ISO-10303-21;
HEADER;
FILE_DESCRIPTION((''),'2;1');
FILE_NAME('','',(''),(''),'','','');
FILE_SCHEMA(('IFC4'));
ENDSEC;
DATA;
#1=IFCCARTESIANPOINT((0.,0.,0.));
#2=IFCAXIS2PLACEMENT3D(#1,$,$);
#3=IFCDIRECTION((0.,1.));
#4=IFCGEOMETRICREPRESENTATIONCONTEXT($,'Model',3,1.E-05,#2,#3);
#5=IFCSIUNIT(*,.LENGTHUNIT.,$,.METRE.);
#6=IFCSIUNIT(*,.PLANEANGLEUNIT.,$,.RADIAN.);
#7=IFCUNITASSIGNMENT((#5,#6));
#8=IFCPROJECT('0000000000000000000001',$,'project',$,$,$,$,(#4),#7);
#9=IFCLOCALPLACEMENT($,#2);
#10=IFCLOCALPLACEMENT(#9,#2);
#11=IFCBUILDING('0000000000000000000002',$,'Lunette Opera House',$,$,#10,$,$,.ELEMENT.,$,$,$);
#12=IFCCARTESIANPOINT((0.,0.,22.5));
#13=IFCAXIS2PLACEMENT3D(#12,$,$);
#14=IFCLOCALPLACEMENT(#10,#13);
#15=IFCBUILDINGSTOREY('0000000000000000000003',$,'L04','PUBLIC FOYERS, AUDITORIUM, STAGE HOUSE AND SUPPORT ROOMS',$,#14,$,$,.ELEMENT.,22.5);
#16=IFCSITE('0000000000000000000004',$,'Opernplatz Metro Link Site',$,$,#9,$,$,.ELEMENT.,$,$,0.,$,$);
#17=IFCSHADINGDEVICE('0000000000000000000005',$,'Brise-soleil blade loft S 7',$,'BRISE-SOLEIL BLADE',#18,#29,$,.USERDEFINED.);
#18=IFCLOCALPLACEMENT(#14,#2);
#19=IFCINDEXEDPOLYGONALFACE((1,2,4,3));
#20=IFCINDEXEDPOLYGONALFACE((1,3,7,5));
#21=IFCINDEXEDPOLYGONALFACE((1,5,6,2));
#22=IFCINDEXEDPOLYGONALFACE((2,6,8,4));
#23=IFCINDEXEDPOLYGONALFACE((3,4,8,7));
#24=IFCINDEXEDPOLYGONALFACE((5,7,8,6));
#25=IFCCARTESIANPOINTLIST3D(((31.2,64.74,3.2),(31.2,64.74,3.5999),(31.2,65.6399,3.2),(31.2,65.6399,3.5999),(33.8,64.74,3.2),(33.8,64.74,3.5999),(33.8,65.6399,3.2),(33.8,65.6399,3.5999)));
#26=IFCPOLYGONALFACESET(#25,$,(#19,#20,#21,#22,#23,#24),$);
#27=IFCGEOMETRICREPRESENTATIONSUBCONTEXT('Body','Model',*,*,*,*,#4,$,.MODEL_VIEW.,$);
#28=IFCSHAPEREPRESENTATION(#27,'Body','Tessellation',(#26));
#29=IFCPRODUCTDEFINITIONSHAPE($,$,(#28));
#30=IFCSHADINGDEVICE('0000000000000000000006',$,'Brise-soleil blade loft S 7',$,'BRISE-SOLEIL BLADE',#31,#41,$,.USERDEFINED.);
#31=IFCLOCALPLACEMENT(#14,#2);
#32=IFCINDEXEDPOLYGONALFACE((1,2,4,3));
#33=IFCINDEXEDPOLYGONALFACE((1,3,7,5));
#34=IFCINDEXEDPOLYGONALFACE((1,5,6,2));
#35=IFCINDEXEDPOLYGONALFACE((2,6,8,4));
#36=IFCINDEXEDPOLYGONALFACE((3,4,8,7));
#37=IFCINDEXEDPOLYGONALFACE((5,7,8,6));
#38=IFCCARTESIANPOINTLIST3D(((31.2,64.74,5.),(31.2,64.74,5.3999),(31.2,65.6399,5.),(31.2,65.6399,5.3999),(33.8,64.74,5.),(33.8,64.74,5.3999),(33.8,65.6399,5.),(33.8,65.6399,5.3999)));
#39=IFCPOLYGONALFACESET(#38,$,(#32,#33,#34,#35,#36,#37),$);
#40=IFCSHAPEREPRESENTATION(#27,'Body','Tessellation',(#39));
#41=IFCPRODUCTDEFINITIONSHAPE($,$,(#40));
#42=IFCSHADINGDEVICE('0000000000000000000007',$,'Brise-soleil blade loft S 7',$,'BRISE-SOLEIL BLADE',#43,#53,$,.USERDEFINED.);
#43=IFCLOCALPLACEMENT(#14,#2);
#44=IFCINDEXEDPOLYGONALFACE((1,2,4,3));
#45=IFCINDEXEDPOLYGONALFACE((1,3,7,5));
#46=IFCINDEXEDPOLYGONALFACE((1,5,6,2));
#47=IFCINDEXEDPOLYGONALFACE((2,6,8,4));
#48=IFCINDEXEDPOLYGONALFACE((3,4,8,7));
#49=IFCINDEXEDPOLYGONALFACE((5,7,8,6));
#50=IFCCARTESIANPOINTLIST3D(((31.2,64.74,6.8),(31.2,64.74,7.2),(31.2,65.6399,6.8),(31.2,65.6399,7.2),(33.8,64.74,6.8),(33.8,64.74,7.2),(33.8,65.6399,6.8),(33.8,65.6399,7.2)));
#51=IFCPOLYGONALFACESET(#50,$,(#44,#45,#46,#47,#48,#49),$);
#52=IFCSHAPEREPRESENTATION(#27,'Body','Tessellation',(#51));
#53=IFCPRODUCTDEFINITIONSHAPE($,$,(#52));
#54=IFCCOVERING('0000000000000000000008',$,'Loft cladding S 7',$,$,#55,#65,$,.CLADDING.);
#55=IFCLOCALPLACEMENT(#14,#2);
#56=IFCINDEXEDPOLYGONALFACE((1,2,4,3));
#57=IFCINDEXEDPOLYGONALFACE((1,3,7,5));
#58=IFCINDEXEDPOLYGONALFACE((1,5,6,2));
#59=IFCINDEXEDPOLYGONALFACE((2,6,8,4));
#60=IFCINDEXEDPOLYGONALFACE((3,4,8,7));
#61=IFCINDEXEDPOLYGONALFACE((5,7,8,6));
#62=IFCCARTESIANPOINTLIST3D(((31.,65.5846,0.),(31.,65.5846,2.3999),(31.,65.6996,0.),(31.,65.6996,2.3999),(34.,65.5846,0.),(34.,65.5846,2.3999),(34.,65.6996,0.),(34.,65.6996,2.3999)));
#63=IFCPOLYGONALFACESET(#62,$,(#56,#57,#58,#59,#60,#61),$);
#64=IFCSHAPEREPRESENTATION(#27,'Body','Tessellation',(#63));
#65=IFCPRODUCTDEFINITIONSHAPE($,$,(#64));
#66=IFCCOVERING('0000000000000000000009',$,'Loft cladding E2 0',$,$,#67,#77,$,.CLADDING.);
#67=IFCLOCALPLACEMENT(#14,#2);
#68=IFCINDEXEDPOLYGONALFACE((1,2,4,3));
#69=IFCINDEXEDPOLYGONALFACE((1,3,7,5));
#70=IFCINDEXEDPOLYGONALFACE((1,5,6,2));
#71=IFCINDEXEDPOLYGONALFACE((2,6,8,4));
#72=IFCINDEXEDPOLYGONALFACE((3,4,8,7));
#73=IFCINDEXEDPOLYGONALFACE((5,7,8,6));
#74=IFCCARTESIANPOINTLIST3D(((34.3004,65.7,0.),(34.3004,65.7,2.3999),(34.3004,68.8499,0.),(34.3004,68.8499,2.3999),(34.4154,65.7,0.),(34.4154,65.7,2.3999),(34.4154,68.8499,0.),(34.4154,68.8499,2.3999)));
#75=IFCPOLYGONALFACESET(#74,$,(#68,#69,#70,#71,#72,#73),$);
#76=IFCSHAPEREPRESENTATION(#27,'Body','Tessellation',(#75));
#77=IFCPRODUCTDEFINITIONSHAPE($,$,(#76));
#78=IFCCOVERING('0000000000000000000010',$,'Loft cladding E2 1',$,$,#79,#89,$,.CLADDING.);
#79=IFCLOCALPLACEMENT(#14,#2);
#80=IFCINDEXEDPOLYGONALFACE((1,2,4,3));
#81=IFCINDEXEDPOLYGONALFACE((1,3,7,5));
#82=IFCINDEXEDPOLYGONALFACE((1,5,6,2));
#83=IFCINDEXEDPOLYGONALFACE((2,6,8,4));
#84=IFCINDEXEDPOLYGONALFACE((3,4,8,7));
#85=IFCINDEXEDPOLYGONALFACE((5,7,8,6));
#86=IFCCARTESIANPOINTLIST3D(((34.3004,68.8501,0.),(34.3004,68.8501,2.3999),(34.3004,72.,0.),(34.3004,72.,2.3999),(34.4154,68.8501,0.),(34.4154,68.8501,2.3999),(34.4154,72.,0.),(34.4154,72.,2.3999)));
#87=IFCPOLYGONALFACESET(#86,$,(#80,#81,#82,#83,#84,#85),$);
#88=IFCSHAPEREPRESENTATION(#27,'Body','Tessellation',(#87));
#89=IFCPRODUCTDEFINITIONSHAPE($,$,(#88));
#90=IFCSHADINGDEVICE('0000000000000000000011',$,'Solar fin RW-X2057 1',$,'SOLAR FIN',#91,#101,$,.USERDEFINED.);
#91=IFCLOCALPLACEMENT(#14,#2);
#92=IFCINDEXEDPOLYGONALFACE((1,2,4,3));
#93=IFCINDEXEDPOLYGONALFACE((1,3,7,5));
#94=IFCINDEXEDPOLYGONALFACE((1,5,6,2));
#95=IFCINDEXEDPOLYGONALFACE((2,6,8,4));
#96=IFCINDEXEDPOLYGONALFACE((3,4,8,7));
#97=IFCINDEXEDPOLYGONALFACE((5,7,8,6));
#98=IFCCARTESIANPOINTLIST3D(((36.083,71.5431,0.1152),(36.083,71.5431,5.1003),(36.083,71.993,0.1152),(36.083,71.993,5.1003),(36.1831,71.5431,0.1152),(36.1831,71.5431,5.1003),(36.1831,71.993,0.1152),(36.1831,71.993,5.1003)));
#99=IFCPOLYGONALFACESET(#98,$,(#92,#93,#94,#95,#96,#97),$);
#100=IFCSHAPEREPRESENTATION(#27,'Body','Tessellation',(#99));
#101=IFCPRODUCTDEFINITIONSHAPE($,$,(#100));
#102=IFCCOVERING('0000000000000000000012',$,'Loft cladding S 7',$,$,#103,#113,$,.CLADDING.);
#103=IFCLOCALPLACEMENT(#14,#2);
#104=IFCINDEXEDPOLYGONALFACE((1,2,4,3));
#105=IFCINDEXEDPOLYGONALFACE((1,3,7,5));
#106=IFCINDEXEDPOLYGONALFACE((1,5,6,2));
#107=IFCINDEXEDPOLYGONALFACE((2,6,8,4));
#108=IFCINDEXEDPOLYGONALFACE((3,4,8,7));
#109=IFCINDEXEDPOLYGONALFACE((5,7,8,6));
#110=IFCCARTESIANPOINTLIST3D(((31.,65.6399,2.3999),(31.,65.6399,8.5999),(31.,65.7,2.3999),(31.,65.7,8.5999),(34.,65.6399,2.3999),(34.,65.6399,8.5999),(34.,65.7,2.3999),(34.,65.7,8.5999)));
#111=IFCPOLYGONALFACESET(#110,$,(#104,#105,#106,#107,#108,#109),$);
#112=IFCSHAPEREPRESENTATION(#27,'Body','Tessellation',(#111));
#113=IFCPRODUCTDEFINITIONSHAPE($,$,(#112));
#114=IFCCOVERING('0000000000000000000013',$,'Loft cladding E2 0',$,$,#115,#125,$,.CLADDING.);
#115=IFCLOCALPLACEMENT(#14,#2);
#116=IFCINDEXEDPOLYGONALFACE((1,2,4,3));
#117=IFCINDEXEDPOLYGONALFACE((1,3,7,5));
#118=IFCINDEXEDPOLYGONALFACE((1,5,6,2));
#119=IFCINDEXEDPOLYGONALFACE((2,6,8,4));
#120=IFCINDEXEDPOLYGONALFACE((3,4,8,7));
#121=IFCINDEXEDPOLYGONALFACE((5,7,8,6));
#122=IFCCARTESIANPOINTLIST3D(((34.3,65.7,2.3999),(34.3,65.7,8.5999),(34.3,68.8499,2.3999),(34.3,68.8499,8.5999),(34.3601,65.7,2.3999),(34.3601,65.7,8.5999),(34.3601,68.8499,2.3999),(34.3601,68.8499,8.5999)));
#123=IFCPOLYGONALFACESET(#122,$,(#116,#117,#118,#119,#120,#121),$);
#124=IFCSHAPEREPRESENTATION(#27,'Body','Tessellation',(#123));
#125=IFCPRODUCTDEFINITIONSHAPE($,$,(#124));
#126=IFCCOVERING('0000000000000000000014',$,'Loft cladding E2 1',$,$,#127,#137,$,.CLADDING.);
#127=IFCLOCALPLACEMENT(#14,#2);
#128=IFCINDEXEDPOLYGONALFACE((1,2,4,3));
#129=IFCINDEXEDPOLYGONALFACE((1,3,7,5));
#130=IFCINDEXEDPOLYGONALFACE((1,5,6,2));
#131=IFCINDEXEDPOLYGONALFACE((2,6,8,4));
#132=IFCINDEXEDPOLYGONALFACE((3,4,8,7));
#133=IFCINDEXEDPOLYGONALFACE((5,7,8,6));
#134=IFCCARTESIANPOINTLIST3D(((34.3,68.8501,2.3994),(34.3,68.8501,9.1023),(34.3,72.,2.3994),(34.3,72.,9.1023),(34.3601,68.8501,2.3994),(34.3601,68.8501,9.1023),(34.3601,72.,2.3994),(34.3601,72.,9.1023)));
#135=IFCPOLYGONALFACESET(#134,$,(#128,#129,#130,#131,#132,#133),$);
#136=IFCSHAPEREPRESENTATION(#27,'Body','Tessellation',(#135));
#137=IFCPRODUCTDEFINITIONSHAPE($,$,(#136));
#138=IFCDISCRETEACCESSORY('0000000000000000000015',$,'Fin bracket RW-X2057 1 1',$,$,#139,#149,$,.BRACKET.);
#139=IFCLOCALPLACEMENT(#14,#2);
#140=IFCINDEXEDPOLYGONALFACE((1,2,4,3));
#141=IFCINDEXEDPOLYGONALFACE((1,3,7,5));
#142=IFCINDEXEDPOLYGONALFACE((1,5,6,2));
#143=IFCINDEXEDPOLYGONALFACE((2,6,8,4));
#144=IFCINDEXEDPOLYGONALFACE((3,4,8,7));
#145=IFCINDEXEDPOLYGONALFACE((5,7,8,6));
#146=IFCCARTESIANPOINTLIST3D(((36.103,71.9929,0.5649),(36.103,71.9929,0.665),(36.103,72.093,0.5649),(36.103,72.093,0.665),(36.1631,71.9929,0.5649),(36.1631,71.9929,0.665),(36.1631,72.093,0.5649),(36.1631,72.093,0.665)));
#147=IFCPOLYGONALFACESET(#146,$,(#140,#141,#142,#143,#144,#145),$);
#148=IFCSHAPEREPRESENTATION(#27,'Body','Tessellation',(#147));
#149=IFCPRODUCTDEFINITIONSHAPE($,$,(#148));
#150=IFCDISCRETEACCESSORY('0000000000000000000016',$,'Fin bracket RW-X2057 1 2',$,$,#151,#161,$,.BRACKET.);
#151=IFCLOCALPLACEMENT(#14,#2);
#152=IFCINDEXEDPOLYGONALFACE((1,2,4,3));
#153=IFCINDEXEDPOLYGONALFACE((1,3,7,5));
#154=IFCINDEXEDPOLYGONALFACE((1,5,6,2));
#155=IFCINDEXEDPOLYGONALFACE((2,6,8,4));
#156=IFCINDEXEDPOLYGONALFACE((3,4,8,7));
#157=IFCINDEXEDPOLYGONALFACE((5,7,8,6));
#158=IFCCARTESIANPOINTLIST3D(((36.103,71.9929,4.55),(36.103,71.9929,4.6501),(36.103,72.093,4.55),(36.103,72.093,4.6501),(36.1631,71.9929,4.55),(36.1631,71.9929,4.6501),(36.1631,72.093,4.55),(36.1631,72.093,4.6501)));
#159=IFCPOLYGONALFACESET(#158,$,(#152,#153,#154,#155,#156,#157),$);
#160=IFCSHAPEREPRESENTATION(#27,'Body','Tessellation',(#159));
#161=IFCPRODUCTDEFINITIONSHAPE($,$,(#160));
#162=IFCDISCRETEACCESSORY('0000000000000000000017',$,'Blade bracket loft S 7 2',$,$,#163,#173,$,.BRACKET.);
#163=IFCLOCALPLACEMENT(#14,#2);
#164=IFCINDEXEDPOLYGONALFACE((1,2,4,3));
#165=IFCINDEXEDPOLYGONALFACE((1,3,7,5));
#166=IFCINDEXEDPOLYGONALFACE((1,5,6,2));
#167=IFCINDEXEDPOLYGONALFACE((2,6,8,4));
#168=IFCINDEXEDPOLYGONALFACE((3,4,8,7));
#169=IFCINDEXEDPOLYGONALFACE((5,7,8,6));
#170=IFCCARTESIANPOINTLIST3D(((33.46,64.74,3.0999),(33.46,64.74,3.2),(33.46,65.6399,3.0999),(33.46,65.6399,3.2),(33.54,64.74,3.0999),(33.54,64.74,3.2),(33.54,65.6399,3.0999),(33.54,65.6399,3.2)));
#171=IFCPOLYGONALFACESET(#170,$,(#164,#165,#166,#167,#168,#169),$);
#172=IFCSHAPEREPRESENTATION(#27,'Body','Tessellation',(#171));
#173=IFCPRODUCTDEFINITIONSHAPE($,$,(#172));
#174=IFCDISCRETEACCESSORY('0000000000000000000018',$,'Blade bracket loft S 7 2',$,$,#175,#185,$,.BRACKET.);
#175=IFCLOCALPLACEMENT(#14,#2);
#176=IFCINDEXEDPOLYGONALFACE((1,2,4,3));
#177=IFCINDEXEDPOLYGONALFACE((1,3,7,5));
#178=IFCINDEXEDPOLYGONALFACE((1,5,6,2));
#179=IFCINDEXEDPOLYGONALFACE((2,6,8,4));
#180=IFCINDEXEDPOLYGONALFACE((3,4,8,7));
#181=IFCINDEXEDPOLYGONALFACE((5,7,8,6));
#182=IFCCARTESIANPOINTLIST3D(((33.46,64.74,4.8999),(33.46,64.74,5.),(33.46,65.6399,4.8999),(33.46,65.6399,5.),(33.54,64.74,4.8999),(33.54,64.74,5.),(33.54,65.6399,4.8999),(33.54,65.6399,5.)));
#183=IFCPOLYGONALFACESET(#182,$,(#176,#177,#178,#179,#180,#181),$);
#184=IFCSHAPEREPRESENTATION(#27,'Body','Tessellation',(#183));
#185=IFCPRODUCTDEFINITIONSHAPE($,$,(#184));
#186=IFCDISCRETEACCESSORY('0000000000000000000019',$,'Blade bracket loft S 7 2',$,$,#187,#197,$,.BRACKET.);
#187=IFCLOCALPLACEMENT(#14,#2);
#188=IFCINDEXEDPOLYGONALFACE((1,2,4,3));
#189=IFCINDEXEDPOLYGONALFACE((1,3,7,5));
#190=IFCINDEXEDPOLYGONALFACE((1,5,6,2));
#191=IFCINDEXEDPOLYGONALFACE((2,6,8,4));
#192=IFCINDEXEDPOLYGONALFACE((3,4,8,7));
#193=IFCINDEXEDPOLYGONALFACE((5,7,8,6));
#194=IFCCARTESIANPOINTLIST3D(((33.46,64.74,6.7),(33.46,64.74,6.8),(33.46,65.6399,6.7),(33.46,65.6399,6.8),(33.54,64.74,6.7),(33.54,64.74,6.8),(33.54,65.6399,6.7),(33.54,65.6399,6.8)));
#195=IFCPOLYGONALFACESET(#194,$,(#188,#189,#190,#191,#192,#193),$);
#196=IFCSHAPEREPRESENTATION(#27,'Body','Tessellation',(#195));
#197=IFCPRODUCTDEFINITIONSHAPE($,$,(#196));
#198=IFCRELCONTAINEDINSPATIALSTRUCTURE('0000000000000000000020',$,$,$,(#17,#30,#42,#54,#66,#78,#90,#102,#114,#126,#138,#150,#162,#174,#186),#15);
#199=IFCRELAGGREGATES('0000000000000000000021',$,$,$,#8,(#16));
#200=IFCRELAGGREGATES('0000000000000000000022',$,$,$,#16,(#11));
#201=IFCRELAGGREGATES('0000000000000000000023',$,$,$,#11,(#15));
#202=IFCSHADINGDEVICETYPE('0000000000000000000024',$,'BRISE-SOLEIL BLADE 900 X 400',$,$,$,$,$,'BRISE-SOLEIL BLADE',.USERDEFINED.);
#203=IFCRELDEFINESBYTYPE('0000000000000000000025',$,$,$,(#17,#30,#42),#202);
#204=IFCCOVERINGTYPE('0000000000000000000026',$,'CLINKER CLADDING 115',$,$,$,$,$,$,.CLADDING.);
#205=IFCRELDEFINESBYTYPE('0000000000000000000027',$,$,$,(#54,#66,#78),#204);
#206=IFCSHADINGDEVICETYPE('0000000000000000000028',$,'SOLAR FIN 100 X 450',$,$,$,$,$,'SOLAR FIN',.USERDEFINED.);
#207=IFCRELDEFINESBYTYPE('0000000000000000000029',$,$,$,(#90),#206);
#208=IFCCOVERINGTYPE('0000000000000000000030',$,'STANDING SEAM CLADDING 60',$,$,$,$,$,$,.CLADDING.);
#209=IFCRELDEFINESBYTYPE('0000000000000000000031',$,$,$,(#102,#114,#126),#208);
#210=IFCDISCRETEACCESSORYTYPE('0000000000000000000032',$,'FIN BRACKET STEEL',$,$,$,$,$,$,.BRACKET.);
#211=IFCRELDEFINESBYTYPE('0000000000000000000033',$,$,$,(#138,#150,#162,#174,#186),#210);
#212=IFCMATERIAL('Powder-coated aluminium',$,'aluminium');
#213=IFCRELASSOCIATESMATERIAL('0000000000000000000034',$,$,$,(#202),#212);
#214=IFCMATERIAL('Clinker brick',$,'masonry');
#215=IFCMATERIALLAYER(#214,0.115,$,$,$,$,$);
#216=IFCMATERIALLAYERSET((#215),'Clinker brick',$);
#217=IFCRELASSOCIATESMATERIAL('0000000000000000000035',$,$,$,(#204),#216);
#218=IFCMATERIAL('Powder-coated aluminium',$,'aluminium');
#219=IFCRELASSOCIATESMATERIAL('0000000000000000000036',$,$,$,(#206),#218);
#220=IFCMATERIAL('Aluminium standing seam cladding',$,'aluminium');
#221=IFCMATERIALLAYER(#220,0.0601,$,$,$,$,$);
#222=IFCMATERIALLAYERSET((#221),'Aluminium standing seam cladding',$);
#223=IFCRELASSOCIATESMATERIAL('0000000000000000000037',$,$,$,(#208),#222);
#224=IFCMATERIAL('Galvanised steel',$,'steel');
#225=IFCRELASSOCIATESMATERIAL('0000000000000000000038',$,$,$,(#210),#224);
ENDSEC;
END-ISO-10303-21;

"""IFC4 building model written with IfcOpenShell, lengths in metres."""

from ifc_helpers import new_model, si_unit, direction, frame, origin, origin_2d, place, context, subcontext, project, spatial, rectangle, extrude, material, layer, layer_set, type_object, element, save


model = new_model("IFC4")

# Units and contexts
model_context = context("Model", 3, precision=1e-05, world=origin(), true_north=direction((0.0, 1.0)))
body_context = subcontext(model_context, "Body", "Model", "MODEL_VIEW")
ifc_project = project(units=[si_unit("LENGTHUNIT", "METRE"), si_unit("PLANEANGLEUNIT", "RADIAN")], contexts=[model_context])

# Site, building, storey
site_placement = place(None, origin())
site = spatial("IfcSite", under=ifc_project, at=site_placement, Name="Opernplatz Metro Link Site", CompositionType="ELEMENT", RefElevation=0.0)
building_placement = place(site_placement, origin())
building = spatial("IfcBuilding", under=site, at=building_placement, Name="Lunette Opera House", CompositionType="ELEMENT")
storey_placement = place(building_placement, frame((0.0, 0.0, 22.5)))
storey = spatial("IfcBuildingStorey", under=building, at=storey_placement, Name="L04", Description="PUBLIC FOYERS, AUDITORIUM, STAGE HOUSE AND SUPPORT ROOMS", CompositionType="ELEMENT", Elevation=22.5)

# Shading devices
ifc_material_1 = material(Name="Powder-coated aluminium", Category="aluminium")
shading_device_type_1 = type_object("IfcShadingDeviceType", Name="BRISE-SOLEIL BLADE 900 X 400", ElementType="BRISE-SOLEIL BLADE", PredefinedType="USERDEFINED", material=ifc_material_1)
for number, where, z_axis, x_axis, name in (
    (1, (32.5, 65.1899, 3.2), (0.0, 0.0, 1.0), (0.0, -1.0, 0.0), "Brise-soleil blade loft S 7"),
    (2, (32.5, 65.1899, 5.0), (0.0, 0.0, 1.0), (0.0, -1.0, 0.0), "Brise-soleil blade loft S 7"),
    (3, (32.5, 65.1899, 6.8), (0.0, 0.0, 1.0), (0.0, -1.0, 0.0), "Brise-soleil blade loft S 7"),
):
    element("IfcShadingDevice", number, at=place(storey_placement, frame(where, z_axis=z_axis, x_axis=x_axis)), inside=storey, type_object=shading_device_type_1, Name=name, ObjectType="BRISE-SOLEIL BLADE", PredefinedType="USERDEFINED", context=body_context, shape_type="SweptSolid", body=[
        extrude(rectangle(XDim=0.8999, YDim=2.6001, at=origin_2d()), origin(), (0.0, 0.0, 1.0), 0.3999),
    ])

# Coverings
ifc_material_2 = material(Name="Clinker brick", Category="masonry")
ifc_layer_1 = layer(ifc_material_2, 0.115)
ifc_layer_set_1 = layer_set([ifc_layer_1], Name="Clinker brick")
covering_type_1 = type_object("IfcCoveringType", Name="CLINKER CLADDING 115", PredefinedType="CLADDING", material=ifc_layer_set_1)
covering_1_placement = place(storey_placement, frame((32.5, 65.6421, 0.0), z_axis=(0.0, 0.0, 1.0), x_axis=(1.0, 0.0, 0.0)))
element("IfcCovering", 4, at=covering_1_placement, inside=storey, type_object=covering_type_1, Name="Loft cladding S 7", PredefinedType="CLADDING", context=body_context, shape_type="SweptSolid", body=[
    extrude(rectangle(XDim=3.0, YDim=0.115, at=origin_2d()), origin(), (0.0, 0.0, 1.0), 2.3999),
])
for number, where, z_axis, x_axis, name in (
    (5, (34.3579, 67.2749, 0.0), (0.0, 0.0, 1.0), (0.0, 1.0, 0.0), "Loft cladding E2 0"),
    (6, (34.3579, 70.425, 0.0), (0.0, 0.0, 1.0), (0.0, 1.0, 0.0), "Loft cladding E2 1"),
):
    element("IfcCovering", number, at=place(storey_placement, frame(where, z_axis=z_axis, x_axis=x_axis)), inside=storey, type_object=covering_type_1, Name=name, PredefinedType="CLADDING", context=body_context, shape_type="SweptSolid", body=[
        extrude(rectangle(XDim=3.1499, YDim=0.115, at=origin_2d()), origin(), (0.0, 0.0, 1.0), 2.3999),
    ])

# Shading device
ifc_material_3 = material(Name="Powder-coated aluminium", Category="aluminium")
shading_device_type_2 = type_object("IfcShadingDeviceType", Name="SOLAR FIN 100 X 450", ElementType="SOLAR FIN", PredefinedType="USERDEFINED", material=ifc_material_3)
shading_device_placement = place(storey_placement, frame((36.1331, 71.7681, 0.1152), z_axis=(0.0, 0.0, 1.0), x_axis=(0.0, -1.0, 0.0)))
element("IfcShadingDevice", 7, at=shading_device_placement, inside=storey, type_object=shading_device_type_2, Name="Solar fin RW-X2057 1", ObjectType="SOLAR FIN", PredefinedType="USERDEFINED", context=body_context, shape_type="SweptSolid", body=[
    extrude(rectangle(XDim=0.45, YDim=0.1001, at=origin_2d()), origin(), (0.0, 0.0, 1.0), 4.9851),
])

# Coverings
ifc_material_4 = material(Name="Aluminium standing seam cladding", Category="aluminium")
ifc_layer_2 = layer(ifc_material_4, 0.0601)
ifc_layer_set_2 = layer_set([ifc_layer_2], Name="Aluminium standing seam cladding")
covering_type_2 = type_object("IfcCoveringType", Name="STANDING SEAM CLADDING 60", PredefinedType="CLADDING", material=ifc_layer_set_2)
covering_2_placement = place(storey_placement, frame((32.5, 65.6699, 2.3999), z_axis=(0.0, 0.0, 1.0), x_axis=(1.0, 0.0, 0.0)))
element("IfcCovering", 8, at=covering_2_placement, inside=storey, type_object=covering_type_2, Name="Loft cladding S 7", PredefinedType="CLADDING", context=body_context, shape_type="SweptSolid", body=[
    extrude(rectangle(XDim=3.0, YDim=0.0601, at=origin_2d()), origin(), (0.0, 0.0, 1.0), 6.2),
])
covering_3_placement = place(storey_placement, frame((34.3301, 67.2749, 2.3999), z_axis=(0.0, 0.0, 1.0), x_axis=(0.0, 1.0, 0.0)))
element("IfcCovering", 9, at=covering_3_placement, inside=storey, type_object=covering_type_2, Name="Loft cladding E2 0", PredefinedType="CLADDING", context=body_context, shape_type="SweptSolid", body=[
    extrude(rectangle(XDim=3.1499, YDim=0.0601, at=origin_2d()), origin(), (0.0, 0.0, 1.0), 6.2),
])
covering_4_placement = place(storey_placement, frame((34.3301, 70.425, 2.3994), z_axis=(0.0, 0.0, 1.0), x_axis=(0.0, 1.0, 0.0)))
element("IfcCovering", 10, at=covering_4_placement, inside=storey, type_object=covering_type_2, Name="Loft cladding E2 1", PredefinedType="CLADDING", context=body_context, shape_type="SweptSolid", body=[
    extrude(rectangle(XDim=3.1499, YDim=0.0601, at=origin_2d()), origin(), (0.0, 0.0, 1.0), 6.7029),
])

# Discrete accessories
ifc_material_5 = material(Name="Galvanised steel", Category="steel")
discrete_accessory_type = type_object("IfcDiscreteAccessoryType", Name="FIN BRACKET STEEL", PredefinedType="BRACKET", material=ifc_material_5)
for number, where, z_axis, x_axis, name in (
    (11, (36.1331, 72.043, 0.5649), (0.0, 0.0, 1.0), (0.0, -1.0, 0.0), "Fin bracket RW-X2057 1 1"),
    (12, (36.1331, 72.043, 4.55), (0.0, 0.0, 1.0), (0.0, -1.0, 0.0), "Fin bracket RW-X2057 1 2"),
):
    element("IfcDiscreteAccessory", number, at=place(storey_placement, frame(where, z_axis=z_axis, x_axis=x_axis)), inside=storey, type_object=discrete_accessory_type, Name=name, PredefinedType="BRACKET", context=body_context, shape_type="SweptSolid", body=[
        extrude(rectangle(XDim=0.1001, YDim=0.0601, at=origin_2d()), origin(), (0.0, 0.0, 1.0), 0.1001),
    ])
for number, where, z_axis, x_axis, name in (
    (13, (33.5, 65.1899, 3.0999), (0.0, 0.0, 1.0), (0.0, -1.0, 0.0), "Blade bracket loft S 7 2"),
    (14, (33.5, 65.1899, 4.8999), (0.0, 0.0, 1.0), (0.0, -1.0, 0.0), "Blade bracket loft S 7 2"),
    (15, (33.5, 65.1899, 6.7), (0.0, 0.0, 1.0), (0.0, -1.0, 0.0), "Blade bracket loft S 7 2"),
):
    element("IfcDiscreteAccessory", number, at=place(storey_placement, frame(where, z_axis=z_axis, x_axis=x_axis)), inside=storey, type_object=discrete_accessory_type, Name=name, PredefinedType="BRACKET", context=body_context, shape_type="SweptSolid", body=[
        extrude(rectangle(XDim=0.8999, YDim=0.0801, at=origin_2d()), origin(), (0.0, 0.0, 1.0), 0.1001),
    ])

save(model, "model.ifc")
